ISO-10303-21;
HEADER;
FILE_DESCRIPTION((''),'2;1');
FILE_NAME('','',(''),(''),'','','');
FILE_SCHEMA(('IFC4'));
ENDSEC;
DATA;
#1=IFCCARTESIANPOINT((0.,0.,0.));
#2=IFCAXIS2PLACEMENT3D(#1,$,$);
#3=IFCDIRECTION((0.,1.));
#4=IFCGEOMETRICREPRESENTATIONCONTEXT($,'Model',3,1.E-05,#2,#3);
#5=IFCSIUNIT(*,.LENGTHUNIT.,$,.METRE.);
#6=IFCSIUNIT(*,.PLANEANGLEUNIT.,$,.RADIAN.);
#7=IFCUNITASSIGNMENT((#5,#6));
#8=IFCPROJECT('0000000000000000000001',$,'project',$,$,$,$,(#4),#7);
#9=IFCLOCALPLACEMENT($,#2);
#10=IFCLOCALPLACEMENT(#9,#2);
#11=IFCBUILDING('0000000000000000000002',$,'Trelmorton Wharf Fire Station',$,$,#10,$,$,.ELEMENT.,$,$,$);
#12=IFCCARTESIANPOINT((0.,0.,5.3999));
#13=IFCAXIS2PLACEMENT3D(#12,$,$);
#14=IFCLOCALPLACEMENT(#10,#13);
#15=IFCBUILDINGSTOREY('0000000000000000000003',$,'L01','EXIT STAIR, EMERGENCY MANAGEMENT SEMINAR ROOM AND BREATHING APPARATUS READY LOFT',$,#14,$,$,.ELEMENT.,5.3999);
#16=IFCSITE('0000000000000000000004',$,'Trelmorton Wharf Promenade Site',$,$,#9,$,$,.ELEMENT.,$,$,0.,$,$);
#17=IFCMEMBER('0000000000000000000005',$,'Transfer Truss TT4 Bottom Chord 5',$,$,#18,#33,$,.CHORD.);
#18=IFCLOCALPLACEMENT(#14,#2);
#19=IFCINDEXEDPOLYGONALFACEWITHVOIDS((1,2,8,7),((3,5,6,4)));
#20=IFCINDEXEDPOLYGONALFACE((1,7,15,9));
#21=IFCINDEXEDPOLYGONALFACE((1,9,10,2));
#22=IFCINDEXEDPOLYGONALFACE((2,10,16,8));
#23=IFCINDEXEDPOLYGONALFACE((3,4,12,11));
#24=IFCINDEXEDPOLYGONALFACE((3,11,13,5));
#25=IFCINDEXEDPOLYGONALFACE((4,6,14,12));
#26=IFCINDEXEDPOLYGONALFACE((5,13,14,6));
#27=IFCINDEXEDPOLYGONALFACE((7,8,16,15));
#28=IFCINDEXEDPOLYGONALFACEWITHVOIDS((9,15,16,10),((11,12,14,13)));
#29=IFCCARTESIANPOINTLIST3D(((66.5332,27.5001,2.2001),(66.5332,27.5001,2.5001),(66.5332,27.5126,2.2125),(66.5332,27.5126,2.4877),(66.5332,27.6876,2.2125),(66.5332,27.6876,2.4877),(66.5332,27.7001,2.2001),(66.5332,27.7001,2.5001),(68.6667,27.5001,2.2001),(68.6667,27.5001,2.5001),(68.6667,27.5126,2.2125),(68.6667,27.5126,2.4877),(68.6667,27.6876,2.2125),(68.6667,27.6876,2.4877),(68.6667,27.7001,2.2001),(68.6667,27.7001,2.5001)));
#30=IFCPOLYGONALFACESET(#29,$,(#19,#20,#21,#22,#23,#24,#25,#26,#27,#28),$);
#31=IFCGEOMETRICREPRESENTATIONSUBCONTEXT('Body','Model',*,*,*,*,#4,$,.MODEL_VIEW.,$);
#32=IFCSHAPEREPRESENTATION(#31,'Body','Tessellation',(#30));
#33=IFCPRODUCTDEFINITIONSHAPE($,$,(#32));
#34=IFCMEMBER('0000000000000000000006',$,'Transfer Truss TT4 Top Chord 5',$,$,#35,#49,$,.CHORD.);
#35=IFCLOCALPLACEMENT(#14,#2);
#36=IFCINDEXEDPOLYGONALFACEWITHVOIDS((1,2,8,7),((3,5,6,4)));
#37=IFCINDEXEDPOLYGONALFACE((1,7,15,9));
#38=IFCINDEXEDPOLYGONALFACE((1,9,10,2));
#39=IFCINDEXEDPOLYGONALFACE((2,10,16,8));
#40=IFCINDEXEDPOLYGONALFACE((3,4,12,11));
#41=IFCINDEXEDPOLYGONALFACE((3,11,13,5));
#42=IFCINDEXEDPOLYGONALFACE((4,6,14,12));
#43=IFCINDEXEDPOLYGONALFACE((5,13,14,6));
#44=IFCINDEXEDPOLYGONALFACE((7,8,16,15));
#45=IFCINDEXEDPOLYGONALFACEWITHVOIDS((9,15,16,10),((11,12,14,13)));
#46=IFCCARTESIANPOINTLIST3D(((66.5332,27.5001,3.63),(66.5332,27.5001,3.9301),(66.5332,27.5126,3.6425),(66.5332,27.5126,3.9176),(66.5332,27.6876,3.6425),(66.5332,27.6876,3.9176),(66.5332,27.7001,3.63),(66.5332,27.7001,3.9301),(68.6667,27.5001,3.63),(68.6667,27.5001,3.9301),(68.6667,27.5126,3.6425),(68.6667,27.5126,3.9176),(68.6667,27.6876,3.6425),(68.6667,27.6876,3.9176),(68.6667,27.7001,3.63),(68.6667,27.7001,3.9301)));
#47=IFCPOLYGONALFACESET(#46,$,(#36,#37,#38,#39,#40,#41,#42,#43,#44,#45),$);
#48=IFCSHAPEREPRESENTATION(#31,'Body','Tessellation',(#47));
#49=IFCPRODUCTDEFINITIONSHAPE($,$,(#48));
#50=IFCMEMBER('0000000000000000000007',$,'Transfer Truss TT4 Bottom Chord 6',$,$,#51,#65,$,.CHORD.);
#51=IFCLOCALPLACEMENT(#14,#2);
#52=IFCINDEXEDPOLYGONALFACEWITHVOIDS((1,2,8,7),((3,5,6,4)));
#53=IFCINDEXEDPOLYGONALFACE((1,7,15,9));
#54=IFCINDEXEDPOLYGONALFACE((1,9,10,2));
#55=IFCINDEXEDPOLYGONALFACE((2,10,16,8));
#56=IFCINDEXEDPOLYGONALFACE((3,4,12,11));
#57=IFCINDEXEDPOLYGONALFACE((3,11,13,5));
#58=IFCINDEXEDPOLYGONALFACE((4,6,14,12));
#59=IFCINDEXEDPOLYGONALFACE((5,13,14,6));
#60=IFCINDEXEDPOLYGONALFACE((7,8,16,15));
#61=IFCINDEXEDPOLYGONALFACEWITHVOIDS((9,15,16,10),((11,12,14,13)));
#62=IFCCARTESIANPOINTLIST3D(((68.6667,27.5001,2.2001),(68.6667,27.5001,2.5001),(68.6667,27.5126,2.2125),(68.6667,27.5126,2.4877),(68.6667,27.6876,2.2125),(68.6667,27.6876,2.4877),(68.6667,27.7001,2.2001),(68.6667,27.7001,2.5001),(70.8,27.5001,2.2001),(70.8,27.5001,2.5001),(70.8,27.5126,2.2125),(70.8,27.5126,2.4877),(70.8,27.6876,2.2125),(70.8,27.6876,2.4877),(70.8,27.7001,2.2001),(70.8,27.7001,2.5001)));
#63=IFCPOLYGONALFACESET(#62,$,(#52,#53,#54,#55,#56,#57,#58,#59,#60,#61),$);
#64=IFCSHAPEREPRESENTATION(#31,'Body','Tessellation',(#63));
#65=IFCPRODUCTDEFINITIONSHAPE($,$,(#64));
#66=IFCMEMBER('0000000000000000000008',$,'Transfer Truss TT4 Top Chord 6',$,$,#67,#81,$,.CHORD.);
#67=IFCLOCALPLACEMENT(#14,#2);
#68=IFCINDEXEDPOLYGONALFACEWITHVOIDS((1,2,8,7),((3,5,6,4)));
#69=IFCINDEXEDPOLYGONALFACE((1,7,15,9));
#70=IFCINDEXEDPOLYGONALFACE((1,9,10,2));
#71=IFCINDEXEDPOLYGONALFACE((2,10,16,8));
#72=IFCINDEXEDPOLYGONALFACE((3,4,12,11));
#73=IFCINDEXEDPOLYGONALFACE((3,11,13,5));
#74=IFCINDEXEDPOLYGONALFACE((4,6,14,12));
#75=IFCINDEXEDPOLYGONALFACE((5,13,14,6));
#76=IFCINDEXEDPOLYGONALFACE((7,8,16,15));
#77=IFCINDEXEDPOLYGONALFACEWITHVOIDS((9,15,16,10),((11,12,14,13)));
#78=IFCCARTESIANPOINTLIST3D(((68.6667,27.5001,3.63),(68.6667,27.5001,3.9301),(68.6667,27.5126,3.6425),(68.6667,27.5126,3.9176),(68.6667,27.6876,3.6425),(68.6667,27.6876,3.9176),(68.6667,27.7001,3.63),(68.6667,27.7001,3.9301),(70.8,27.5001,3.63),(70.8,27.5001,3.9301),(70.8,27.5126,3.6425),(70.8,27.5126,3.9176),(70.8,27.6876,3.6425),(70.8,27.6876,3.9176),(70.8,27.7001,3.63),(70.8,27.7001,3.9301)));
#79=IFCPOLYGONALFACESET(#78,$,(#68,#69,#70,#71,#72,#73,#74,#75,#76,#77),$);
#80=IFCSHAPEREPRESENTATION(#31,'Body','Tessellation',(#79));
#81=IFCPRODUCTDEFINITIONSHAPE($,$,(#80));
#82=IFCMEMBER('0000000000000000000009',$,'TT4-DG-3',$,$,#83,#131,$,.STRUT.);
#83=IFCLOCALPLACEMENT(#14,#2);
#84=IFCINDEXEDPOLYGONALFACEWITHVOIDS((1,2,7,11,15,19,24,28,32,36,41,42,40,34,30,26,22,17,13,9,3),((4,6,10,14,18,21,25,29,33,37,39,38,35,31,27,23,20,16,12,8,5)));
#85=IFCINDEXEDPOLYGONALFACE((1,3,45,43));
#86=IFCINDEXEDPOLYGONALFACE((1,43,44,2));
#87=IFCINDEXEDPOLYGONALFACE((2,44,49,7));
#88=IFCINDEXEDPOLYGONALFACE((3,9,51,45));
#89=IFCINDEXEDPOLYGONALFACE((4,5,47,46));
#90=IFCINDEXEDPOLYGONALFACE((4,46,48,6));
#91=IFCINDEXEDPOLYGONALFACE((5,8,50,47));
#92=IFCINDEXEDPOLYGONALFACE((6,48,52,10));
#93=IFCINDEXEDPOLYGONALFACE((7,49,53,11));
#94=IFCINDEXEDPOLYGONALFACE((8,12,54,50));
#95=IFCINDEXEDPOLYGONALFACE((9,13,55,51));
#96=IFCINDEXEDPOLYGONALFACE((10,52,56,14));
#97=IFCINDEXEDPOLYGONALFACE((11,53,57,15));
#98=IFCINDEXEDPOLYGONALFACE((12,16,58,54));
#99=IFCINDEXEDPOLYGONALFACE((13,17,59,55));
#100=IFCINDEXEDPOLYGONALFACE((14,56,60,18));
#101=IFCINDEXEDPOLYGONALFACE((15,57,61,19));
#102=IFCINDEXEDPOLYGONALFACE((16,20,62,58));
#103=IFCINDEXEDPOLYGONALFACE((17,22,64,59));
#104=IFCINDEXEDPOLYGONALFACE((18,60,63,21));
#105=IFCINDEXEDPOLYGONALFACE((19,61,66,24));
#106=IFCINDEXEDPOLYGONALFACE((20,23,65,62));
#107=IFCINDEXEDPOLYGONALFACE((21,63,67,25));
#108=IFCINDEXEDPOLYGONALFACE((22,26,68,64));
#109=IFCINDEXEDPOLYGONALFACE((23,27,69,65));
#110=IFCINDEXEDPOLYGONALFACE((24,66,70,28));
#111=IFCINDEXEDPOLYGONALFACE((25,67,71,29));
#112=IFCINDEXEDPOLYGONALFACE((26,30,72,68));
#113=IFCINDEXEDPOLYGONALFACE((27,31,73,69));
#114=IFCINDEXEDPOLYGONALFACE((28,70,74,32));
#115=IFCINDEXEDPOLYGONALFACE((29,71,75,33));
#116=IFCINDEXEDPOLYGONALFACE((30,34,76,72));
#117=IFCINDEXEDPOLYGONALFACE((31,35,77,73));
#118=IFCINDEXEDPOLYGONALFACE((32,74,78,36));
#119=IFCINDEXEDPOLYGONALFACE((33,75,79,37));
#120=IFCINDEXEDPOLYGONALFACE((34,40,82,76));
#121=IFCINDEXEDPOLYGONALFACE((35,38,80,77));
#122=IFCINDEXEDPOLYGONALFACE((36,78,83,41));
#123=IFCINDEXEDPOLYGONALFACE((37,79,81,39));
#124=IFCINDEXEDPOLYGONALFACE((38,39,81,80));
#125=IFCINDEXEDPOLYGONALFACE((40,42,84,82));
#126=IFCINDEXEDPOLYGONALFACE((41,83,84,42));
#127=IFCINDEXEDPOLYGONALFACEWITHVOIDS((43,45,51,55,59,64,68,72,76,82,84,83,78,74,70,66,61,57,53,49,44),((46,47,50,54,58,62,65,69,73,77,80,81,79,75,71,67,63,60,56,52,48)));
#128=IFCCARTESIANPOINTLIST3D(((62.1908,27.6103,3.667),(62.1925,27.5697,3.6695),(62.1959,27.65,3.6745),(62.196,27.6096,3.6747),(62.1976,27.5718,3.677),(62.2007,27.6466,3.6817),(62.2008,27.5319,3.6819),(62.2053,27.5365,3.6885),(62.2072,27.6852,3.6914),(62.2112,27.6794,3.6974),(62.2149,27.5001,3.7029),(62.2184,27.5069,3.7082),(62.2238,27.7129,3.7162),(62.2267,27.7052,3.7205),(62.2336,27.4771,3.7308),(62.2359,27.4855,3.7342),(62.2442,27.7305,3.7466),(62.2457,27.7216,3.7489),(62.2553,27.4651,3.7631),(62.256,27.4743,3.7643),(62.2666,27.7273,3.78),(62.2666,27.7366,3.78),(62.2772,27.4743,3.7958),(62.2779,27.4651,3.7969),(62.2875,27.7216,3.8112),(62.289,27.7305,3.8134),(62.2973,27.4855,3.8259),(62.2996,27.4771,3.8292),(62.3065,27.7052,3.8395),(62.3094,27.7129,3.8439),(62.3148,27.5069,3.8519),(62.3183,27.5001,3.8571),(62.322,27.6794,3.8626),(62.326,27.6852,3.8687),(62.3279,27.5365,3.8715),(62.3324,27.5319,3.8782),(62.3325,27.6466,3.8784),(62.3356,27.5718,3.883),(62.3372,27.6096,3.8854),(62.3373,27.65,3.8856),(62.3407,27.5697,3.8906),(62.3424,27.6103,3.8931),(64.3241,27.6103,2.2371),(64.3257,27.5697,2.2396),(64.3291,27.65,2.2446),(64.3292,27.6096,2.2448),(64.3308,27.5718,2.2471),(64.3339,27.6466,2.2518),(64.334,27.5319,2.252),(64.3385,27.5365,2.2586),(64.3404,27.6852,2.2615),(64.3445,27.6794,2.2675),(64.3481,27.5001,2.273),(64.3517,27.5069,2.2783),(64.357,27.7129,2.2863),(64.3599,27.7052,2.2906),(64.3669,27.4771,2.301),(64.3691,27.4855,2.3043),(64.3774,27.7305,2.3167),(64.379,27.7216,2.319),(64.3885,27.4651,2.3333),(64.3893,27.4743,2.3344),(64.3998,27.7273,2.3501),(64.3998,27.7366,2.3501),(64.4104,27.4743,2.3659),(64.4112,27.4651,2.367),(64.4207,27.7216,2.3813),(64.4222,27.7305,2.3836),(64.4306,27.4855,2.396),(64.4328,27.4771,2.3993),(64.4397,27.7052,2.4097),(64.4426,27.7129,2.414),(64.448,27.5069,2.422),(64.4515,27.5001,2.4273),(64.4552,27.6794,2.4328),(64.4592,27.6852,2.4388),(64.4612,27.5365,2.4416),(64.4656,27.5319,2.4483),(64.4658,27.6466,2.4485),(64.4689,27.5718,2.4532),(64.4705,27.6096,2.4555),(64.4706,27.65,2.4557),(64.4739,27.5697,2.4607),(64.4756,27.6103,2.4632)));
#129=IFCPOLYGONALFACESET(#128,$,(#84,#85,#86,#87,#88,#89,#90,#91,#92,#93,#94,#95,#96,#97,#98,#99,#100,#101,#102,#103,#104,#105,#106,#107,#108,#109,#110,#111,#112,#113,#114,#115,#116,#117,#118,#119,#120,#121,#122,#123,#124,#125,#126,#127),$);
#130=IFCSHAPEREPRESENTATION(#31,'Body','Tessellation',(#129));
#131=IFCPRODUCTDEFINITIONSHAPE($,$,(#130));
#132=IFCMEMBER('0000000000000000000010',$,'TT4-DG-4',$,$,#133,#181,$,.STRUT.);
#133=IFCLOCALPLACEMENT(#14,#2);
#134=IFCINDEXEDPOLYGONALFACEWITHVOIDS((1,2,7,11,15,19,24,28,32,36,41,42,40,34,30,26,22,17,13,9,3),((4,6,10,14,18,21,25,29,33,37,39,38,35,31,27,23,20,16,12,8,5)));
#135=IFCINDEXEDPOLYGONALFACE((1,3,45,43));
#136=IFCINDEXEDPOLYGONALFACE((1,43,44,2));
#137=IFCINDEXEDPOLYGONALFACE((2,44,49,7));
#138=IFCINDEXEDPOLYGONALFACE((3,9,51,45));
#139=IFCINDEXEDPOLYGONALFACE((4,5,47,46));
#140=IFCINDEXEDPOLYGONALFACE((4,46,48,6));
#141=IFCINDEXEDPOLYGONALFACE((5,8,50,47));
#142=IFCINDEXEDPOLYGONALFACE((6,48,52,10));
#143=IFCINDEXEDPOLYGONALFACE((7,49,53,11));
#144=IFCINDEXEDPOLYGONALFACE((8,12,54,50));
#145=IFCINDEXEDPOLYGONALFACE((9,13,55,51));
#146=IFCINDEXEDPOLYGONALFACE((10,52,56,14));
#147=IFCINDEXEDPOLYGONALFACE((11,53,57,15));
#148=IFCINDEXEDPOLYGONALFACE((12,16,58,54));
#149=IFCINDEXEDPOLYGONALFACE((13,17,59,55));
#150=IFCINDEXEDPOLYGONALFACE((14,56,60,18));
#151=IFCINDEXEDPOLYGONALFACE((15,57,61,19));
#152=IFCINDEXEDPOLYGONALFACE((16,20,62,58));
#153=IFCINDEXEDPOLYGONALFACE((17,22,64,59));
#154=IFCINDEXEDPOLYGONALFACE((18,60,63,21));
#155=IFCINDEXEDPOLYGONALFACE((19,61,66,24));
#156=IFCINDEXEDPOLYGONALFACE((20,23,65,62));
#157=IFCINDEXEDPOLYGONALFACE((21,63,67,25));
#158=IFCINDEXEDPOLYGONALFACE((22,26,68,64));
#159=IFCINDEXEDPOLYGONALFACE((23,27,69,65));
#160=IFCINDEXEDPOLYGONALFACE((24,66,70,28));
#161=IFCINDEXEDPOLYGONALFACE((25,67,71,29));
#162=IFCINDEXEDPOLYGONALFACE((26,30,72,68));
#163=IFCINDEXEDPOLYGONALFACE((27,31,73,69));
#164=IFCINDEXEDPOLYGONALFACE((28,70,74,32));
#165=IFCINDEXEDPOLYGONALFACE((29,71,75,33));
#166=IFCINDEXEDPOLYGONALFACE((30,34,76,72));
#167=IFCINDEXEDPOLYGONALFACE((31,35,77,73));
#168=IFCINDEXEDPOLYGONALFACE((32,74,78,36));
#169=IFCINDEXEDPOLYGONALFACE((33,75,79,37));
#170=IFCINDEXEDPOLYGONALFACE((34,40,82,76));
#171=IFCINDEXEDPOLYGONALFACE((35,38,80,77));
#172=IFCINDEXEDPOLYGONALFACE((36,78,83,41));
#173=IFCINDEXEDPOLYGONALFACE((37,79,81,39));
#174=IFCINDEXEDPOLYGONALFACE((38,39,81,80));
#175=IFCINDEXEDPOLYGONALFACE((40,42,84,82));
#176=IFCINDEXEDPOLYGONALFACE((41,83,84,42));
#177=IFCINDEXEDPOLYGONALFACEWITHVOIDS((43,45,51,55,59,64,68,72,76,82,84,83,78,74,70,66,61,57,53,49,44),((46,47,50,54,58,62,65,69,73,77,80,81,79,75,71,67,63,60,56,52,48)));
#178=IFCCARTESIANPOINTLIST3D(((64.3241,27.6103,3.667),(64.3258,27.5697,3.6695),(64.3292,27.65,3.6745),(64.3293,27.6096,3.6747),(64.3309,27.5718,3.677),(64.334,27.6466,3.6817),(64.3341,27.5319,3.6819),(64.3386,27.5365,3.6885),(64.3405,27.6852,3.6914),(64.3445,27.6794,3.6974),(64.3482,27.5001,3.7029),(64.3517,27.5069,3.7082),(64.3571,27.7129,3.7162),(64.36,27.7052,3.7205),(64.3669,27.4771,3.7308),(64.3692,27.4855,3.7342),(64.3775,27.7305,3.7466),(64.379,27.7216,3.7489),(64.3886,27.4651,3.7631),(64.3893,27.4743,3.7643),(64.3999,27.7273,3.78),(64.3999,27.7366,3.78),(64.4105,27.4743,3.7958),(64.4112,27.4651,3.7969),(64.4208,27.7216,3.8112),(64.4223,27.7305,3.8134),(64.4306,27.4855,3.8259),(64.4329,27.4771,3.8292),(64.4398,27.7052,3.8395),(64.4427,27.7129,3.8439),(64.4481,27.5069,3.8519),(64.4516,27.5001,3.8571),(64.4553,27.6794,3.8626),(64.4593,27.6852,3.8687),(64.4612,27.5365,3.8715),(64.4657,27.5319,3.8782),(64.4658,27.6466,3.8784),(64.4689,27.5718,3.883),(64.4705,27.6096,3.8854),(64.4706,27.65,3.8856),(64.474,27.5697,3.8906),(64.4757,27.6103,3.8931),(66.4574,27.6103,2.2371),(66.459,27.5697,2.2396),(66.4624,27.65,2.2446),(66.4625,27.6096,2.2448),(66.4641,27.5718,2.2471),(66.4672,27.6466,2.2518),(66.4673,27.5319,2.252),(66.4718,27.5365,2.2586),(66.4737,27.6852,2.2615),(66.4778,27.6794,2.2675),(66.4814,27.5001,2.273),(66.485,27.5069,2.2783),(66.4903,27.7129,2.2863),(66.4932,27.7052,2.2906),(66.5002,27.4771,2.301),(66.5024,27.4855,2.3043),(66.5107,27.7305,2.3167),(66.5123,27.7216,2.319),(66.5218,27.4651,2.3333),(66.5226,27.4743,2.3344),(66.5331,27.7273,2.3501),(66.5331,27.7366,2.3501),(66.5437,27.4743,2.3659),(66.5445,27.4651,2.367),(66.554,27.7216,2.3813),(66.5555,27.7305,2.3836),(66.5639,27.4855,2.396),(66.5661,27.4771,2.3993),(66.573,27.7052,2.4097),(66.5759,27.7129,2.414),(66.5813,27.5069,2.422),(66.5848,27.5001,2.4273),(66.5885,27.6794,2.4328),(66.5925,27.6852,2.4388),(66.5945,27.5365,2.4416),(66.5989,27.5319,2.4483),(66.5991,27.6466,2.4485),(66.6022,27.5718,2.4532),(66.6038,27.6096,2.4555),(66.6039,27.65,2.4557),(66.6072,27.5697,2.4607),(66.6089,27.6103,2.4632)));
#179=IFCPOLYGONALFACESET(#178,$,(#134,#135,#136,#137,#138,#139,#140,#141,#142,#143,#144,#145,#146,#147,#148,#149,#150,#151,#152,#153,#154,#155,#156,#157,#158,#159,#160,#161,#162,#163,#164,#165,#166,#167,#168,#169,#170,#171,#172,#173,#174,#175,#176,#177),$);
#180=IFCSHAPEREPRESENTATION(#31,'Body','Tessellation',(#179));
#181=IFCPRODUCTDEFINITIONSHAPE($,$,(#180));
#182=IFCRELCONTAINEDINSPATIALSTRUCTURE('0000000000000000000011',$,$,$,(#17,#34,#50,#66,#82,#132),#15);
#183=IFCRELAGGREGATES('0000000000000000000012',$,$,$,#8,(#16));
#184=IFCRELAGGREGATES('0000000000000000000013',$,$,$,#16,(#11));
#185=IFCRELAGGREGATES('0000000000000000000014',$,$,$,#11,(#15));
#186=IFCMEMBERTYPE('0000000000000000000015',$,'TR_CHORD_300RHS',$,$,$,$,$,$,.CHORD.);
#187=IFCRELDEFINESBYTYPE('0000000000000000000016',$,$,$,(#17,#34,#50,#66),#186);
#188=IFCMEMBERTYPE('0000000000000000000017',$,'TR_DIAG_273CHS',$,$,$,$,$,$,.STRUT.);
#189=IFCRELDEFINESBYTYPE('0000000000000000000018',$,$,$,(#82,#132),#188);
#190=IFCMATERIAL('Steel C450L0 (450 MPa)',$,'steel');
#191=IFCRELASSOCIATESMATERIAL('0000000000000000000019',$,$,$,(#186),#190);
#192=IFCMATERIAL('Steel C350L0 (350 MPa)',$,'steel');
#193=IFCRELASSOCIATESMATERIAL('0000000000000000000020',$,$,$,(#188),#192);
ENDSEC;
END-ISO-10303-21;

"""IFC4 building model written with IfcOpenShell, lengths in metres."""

from ifc_helpers import new_model, si_unit, direction, frame, origin, origin_2d, place, context, subcontext, project, spatial, hollow_rectangle, hollow_circle, extrude, material, material_profile, profile_set, type_object, element, save


model = new_model("IFC4")

# Units and contexts
model_context = context("Model", 3, precision=1e-05, world=origin(), true_north=direction((0.0, 1.0)))
body_context = subcontext(model_context, "Body", "Model", "MODEL_VIEW")
ifc_project = project(units=[si_unit("LENGTHUNIT", "METRE"), si_unit("PLANEANGLEUNIT", "RADIAN")], contexts=[model_context])

# Site, building, storey
site_placement = place(None, origin())
site = spatial("IfcSite", under=ifc_project, at=site_placement, Name="Trelmorton Wharf Promenade Site", CompositionType="ELEMENT", RefElevation=0.0)
building_placement = place(site_placement, origin())
building = spatial("IfcBuilding", under=site, at=building_placement, Name="Trelmorton Wharf Fire Station", CompositionType="ELEMENT")
storey_placement = place(building_placement, frame((0.0, 0.0, 5.3999)))
storey = spatial("IfcBuildingStorey", under=building, at=storey_placement, Name="L01", Description="EXIT STAIR, EMERGENCY MANAGEMENT SEMINAR ROOM AND BREATHING APPARATUS READY LOFT", CompositionType="ELEMENT", Elevation=5.3999)

# Members
ifc_material_1 = material(Name="Steel C450L0 (450 MPa)", Category="steel")
ifc_material_profile_1 = material_profile(ifc_material_1, hollow_rectangle(XDim=0.2, YDim=0.3, WallThickness=0.0125, at=origin_2d()), Name="300x200x12.5RHS")
ifc_profile_set_1 = profile_set([ifc_material_profile_1], Name="Steel C450L0 (450 MPa)")
member_type_1 = type_object("IfcMemberType", Name="TR_CHORD_300RHS", PredefinedType="CHORD", material=ifc_profile_set_1)
for number, where, z_axis, x_axis, name in (
    (1, (66.5332, 27.6001, 2.3501), (1.0, 0.0, 0.0), (0.0, 1.0, 0.0), "Transfer Truss TT4 Bottom Chord 5"),
    (2, (66.5332, 27.6001, 3.78), (1.0, 0.0, 0.0), (0.0, 1.0, 0.0), "Transfer Truss TT4 Top Chord 5"),
):
    element("IfcMember", number, at=place(storey_placement, frame(where, z_axis=z_axis, x_axis=x_axis)), inside=storey, type_object=member_type_1, Name=name, PredefinedType="CHORD", context=body_context, shape_type="SweptSolid", body=[
        extrude(hollow_rectangle(XDim=0.2, YDim=0.3, WallThickness=0.0125, at=origin_2d()), origin(), (0.0, 0.0, 1.0), 2.1335),
    ])
for number, where, z_axis, x_axis, name in (
    (3, (68.6667, 27.6001, 2.3501), (1.0, 0.0, 0.0), (0.0, 1.0, 0.0), "Transfer Truss TT4 Bottom Chord 6"),
    (4, (68.6667, 27.6001, 3.78), (1.0, 0.0, 0.0), (0.0, 1.0, 0.0), "Transfer Truss TT4 Top Chord 6"),
):
    element("IfcMember", number, at=place(storey_placement, frame(where, z_axis=z_axis, x_axis=x_axis)), inside=storey, type_object=member_type_1, Name=name, PredefinedType="CHORD", context=body_context, shape_type="SweptSolid", body=[
        extrude(hollow_rectangle(XDim=0.2, YDim=0.3, WallThickness=0.0125, at=origin_2d()), origin(), (0.0, 0.0, 1.0), 2.1333),
    ])
ifc_material_2 = material(Name="Steel C350L0 (350 MPa)", Category="steel")
ifc_material_profile_2 = material_profile(ifc_material_2, hollow_circle(Radius=0.1365, WallThickness=0.0093, at=origin_2d()), Name="273.1x9.3CHS")
ifc_profile_set_2 = profile_set([ifc_material_profile_2], Name="Steel C350L0 (350 MPa)")
member_type_2 = type_object("IfcMemberType", Name="TR_DIAG_273CHS", PredefinedType="STRUT", material=ifc_profile_set_2)
for number, where, z_axis, x_axis, name in (
    (5, (62.2666, 27.6001, 3.78), (0.830658, 0.0, -0.556783), (0.0, 1.0, 0.0), "TT4-DG-3"),
    (6, (64.3999, 27.6001, 3.78), (0.830658, 0.0, -0.556783), (0.0, 1.0, 0.0), "TT4-DG-4"),
):
    element("IfcMember", number, at=place(storey_placement, frame(where, z_axis=z_axis, x_axis=x_axis)), inside=storey, type_object=member_type_2, Name=name, PredefinedType="STRUT", context=body_context, shape_type="SweptSolid", body=[
        extrude(hollow_circle(Radius=0.1365, WallThickness=0.0093, at=origin_2d()), origin(), (0.0, 0.0, 1.0), 2.5681),
    ])

save(model, "model.ifc")
